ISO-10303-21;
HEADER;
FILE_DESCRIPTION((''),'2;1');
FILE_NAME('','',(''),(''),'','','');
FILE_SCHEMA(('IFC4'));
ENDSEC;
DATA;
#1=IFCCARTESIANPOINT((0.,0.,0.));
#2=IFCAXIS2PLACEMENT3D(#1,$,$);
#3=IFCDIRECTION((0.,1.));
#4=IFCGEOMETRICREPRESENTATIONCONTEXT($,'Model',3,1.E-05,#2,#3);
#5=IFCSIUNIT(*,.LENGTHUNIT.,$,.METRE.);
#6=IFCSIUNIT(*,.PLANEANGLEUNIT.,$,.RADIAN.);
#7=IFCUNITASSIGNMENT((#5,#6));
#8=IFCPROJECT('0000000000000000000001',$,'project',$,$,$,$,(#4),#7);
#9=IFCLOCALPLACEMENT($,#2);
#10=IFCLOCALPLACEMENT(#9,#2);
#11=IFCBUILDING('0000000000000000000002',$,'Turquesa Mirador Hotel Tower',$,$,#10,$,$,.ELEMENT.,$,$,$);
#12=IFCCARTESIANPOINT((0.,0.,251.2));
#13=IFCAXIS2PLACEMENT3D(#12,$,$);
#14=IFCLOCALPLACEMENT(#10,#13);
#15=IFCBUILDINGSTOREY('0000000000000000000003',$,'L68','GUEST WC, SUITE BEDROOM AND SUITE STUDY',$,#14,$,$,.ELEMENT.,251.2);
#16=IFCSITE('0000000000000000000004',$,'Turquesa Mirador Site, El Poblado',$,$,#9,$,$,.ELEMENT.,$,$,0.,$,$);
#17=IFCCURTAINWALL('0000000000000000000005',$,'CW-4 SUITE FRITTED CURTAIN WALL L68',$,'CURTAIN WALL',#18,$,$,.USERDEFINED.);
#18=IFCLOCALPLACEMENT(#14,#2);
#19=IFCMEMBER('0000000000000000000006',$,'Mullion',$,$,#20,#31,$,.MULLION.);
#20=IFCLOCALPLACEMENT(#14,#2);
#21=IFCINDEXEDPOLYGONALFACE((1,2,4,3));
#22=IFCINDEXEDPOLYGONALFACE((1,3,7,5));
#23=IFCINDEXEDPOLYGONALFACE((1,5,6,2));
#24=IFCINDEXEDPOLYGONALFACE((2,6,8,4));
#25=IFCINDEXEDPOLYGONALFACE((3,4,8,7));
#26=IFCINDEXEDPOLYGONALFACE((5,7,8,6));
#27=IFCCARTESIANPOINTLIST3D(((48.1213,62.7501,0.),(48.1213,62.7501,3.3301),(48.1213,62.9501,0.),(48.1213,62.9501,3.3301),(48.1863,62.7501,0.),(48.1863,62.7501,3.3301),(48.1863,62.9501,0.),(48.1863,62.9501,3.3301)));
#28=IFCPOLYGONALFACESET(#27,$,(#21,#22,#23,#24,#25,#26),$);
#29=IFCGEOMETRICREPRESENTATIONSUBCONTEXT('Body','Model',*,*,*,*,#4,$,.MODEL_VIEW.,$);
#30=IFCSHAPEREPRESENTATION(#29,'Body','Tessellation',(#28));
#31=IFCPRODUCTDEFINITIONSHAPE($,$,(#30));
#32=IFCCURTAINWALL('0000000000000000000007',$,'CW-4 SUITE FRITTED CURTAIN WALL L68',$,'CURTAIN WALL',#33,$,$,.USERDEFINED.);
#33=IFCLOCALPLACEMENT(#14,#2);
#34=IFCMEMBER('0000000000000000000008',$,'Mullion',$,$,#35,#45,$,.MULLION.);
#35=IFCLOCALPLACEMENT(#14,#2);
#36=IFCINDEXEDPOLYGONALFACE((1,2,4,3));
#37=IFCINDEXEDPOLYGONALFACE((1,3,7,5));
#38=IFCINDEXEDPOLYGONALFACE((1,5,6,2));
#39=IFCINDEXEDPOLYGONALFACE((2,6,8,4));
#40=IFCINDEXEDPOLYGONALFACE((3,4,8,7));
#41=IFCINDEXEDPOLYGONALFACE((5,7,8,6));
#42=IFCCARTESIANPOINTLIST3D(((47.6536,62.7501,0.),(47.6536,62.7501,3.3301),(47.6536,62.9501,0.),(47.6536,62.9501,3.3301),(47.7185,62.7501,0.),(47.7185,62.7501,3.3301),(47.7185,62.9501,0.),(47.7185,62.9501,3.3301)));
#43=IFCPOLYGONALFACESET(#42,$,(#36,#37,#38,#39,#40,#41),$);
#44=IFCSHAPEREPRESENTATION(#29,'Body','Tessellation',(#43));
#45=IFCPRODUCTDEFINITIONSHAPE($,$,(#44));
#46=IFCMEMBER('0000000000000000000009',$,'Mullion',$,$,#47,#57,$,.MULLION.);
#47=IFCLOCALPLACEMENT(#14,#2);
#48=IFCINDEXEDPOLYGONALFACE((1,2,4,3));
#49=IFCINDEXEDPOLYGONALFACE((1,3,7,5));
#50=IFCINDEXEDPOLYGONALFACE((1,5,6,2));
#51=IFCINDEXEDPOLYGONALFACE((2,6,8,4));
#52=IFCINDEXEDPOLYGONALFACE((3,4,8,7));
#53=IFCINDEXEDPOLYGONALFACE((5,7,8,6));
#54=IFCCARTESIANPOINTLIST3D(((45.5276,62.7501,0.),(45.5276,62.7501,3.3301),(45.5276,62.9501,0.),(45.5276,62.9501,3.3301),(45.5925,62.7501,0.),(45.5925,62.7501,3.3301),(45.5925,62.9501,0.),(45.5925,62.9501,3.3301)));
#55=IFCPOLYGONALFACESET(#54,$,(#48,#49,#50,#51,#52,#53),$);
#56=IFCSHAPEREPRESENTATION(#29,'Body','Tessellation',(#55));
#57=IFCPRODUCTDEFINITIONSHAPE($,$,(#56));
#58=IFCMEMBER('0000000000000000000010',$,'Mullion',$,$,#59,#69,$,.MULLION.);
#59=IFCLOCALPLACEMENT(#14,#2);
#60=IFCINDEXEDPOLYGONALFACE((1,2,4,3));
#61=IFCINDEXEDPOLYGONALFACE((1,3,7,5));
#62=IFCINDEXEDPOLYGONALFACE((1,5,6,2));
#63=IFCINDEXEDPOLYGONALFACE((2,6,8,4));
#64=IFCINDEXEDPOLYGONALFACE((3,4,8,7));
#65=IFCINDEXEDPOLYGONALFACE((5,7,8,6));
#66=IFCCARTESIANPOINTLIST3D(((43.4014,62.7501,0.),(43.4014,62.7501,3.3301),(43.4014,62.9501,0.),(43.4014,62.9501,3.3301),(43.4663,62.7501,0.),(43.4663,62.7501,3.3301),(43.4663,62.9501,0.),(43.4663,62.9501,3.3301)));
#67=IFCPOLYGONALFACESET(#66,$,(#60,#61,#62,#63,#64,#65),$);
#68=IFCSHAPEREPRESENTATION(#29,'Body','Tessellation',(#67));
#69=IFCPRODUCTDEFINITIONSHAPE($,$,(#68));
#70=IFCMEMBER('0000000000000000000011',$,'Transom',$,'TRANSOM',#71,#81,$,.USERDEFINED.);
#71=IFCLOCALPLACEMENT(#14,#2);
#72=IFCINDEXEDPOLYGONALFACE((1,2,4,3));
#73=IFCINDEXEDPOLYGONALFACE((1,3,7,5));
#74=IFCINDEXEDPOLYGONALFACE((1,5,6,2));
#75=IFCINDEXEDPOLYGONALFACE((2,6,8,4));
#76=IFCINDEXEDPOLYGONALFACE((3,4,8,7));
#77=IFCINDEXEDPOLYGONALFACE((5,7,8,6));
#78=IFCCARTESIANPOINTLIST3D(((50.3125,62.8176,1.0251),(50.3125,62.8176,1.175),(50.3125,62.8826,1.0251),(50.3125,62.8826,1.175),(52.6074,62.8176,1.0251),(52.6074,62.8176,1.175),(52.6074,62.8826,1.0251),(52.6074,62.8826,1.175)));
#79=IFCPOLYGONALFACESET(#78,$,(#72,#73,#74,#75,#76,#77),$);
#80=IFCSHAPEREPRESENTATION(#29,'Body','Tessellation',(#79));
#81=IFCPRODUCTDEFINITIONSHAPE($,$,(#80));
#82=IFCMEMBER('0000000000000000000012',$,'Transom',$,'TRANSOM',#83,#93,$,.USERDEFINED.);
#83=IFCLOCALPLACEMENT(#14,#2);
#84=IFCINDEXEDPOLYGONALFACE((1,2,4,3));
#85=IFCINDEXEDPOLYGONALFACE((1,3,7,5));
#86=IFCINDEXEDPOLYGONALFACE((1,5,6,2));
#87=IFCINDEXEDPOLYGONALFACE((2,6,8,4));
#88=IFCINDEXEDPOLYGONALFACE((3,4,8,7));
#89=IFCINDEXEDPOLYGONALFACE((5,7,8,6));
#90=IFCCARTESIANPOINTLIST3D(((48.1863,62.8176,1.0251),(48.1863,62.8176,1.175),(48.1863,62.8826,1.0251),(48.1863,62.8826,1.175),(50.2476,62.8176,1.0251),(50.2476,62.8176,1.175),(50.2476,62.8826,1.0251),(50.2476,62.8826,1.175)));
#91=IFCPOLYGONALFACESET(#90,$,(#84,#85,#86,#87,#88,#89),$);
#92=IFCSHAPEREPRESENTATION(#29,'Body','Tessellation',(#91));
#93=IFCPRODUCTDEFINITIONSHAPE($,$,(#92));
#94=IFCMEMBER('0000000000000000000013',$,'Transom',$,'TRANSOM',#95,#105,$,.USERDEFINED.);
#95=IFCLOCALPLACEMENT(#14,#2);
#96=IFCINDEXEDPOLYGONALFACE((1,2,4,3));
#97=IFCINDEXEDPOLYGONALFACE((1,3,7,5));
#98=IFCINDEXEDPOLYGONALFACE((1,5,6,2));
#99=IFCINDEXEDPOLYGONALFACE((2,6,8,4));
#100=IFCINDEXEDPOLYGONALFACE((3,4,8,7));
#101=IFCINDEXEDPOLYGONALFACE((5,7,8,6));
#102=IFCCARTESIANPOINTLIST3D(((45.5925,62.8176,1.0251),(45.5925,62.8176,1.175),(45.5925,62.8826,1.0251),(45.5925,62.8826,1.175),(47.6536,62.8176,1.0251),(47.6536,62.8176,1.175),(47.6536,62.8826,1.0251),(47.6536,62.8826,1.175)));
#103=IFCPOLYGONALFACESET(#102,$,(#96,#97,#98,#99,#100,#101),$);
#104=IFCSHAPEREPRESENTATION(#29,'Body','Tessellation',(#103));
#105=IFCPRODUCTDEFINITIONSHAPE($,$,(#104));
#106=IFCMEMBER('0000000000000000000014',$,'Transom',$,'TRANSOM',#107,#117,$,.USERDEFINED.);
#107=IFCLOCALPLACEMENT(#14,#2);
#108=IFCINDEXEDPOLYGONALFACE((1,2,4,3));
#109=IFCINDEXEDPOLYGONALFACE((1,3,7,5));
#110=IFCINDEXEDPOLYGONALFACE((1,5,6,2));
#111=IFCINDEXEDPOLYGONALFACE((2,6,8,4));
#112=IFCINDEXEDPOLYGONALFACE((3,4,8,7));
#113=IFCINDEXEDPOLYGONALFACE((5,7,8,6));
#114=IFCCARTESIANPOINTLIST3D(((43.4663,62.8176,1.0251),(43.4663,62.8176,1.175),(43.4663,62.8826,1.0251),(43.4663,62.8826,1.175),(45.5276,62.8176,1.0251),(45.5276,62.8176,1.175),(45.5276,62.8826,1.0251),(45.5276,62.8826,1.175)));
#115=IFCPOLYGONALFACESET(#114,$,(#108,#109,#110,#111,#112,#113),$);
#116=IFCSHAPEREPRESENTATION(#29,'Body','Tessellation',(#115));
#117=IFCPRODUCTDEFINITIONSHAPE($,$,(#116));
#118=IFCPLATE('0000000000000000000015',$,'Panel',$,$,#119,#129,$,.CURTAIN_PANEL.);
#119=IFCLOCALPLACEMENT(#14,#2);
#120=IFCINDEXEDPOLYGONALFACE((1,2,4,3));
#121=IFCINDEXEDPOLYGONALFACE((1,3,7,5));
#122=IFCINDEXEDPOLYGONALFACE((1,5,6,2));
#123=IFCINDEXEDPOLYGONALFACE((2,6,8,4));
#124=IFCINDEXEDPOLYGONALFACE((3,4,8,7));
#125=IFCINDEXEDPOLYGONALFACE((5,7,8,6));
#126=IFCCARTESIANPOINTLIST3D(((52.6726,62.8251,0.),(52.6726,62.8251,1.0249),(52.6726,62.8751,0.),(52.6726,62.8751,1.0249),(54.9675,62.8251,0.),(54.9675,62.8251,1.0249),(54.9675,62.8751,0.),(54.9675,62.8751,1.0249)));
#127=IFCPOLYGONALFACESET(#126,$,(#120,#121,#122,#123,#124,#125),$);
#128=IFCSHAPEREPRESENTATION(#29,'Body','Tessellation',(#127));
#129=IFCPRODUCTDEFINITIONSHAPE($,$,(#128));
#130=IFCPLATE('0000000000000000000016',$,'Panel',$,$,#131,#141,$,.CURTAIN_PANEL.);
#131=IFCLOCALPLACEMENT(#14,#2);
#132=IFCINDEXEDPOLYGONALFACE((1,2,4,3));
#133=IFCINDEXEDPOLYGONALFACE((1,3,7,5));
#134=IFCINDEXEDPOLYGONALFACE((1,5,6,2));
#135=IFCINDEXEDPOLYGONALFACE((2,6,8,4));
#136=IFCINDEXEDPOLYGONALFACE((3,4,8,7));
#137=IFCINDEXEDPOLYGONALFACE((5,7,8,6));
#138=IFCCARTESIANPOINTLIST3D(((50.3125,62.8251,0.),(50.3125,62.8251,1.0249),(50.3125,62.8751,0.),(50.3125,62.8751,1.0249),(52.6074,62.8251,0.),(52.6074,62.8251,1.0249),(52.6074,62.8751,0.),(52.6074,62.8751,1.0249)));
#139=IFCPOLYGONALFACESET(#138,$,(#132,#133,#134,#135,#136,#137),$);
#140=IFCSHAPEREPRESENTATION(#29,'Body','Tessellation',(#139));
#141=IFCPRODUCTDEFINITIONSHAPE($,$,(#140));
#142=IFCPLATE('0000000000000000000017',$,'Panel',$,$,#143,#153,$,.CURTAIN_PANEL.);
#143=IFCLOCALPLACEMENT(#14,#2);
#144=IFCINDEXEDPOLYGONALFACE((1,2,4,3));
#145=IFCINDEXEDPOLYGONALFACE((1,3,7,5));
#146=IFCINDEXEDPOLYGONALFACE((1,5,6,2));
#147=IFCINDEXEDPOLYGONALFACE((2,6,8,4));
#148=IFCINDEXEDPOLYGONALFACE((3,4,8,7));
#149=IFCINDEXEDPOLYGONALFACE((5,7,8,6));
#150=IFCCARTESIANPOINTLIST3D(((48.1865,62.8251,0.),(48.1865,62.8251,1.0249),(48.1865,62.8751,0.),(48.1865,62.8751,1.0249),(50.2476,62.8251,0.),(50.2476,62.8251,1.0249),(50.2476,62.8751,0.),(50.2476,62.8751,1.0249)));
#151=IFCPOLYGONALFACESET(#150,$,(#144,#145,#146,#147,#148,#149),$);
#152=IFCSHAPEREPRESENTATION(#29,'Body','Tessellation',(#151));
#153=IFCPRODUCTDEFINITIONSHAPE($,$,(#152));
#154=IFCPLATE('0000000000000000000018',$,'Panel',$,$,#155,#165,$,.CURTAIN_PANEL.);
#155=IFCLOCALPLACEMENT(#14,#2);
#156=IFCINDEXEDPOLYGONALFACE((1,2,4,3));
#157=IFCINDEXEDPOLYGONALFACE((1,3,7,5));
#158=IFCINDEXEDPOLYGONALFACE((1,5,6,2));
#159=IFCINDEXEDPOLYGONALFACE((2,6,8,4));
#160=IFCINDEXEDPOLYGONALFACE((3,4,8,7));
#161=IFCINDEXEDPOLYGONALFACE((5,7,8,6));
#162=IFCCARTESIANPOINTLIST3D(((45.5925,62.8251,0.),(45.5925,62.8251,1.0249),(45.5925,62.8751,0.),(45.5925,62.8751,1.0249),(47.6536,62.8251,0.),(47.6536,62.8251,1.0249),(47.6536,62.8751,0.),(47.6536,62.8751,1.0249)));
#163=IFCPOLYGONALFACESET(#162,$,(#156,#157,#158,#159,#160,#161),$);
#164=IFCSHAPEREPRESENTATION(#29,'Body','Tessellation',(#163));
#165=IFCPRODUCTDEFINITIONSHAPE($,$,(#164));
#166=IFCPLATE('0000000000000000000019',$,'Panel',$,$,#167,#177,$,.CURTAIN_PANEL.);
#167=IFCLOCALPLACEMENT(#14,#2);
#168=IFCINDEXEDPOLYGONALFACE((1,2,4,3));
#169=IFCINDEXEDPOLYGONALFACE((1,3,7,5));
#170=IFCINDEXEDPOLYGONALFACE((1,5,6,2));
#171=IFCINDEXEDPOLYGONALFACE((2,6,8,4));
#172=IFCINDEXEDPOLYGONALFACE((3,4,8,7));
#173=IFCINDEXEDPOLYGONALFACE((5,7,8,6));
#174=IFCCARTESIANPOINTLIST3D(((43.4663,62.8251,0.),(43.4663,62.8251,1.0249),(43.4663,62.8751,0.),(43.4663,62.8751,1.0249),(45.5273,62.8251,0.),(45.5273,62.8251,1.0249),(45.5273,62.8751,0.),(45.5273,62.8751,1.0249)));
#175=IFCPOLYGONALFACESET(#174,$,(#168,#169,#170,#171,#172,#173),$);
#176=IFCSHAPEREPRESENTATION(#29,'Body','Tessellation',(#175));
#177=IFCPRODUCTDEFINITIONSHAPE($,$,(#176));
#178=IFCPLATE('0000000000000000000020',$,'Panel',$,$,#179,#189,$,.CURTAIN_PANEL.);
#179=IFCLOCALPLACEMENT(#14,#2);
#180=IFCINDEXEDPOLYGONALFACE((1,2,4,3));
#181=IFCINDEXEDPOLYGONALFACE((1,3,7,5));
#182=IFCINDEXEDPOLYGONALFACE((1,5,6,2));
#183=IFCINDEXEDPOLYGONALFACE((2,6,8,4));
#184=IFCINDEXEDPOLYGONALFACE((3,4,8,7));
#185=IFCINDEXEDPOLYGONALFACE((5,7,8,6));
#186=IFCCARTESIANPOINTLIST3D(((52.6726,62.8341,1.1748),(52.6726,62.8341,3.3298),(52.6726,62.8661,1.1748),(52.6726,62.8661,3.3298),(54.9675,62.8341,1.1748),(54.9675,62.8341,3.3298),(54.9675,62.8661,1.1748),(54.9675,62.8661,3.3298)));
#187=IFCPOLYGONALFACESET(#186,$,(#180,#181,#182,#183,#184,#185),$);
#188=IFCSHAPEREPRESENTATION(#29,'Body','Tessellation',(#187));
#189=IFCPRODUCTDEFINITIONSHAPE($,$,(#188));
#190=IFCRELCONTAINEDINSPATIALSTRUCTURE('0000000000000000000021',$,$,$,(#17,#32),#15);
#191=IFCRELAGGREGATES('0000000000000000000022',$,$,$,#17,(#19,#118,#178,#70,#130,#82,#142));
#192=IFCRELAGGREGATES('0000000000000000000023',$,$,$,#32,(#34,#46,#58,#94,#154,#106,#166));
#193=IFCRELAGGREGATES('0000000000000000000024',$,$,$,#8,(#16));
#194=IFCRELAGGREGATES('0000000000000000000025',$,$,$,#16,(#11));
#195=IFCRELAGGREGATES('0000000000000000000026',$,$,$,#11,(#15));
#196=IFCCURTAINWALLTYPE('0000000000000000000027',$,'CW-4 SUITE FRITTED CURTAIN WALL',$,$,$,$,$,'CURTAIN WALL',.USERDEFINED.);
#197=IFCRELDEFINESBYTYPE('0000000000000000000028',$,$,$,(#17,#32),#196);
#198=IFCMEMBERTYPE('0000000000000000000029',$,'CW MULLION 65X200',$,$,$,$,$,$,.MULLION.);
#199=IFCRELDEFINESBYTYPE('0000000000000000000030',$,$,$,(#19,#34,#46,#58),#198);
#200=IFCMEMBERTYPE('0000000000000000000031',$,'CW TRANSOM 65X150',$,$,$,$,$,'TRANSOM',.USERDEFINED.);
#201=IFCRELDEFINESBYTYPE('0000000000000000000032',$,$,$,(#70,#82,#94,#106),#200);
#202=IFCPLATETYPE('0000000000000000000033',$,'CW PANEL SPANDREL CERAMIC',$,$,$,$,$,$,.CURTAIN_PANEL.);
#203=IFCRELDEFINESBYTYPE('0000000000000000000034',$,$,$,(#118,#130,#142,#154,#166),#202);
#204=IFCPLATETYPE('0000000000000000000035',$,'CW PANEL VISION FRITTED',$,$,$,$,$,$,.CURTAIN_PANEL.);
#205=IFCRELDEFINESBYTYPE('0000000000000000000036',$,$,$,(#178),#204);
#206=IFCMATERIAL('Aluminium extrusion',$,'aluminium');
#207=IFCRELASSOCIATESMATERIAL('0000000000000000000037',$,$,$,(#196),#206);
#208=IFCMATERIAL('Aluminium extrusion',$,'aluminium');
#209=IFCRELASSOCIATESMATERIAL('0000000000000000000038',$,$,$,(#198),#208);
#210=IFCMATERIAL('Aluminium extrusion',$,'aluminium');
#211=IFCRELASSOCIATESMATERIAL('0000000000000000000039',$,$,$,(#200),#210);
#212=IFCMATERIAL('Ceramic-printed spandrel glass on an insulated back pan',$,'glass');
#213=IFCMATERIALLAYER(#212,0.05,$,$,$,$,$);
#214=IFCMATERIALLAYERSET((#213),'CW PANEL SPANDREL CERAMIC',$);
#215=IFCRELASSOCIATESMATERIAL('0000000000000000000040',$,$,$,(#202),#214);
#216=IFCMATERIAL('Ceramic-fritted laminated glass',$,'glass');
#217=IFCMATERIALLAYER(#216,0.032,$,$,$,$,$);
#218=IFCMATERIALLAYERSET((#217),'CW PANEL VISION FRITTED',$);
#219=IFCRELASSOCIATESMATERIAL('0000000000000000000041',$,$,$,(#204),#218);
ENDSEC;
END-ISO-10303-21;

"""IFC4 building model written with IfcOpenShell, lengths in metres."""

from ifc_helpers import new_model, si_unit, direction, frame, origin, origin_2d, place, context, subcontext, project, spatial, rectangle, extrude, material, layer, layer_set, material_profile, profile_set, type_object, element, aggregate, save


model = new_model("IFC4")

# Units and contexts
model_context = context("Model", 3, precision=1e-05, world=origin(), true_north=direction((0.0, 1.0)))
body_context = subcontext(model_context, "Body", "Model", "MODEL_VIEW")
ifc_project = project(units=[si_unit("LENGTHUNIT", "METRE"), si_unit("PLANEANGLEUNIT", "RADIAN")], contexts=[model_context])

# Site, building, storey
site_placement = place(None, origin())
site = spatial("IfcSite", under=ifc_project, at=site_placement, Name="Turquesa Mirador Site, El Poblado", CompositionType="ELEMENT", RefElevation=0.0)
building_placement = place(site_placement, origin())
building = spatial("IfcBuilding", under=site, at=building_placement, Name="Turquesa Mirador Hotel Tower", CompositionType="ELEMENT")
storey_placement = place(building_placement, frame((0.0, 0.0, 251.2)))
storey = spatial("IfcBuildingStorey", under=building, at=storey_placement, Name="L68", Description="GUEST WC, SUITE BEDROOM AND SUITE STUDY", CompositionType="ELEMENT", Elevation=251.2)

# Curtain walls, members
ifc_material_1 = material(Name="Aluminium extrusion", Category="aluminium")
curtain_wall_type = type_object("IfcCurtainWallType", Name="CW-4 SUITE FRITTED CURTAIN WALL", ElementType="CURTAIN WALL", PredefinedType="USERDEFINED", material=ifc_material_1)
curtain_wall_1_placement = place(storey_placement, origin())
curtain_wall_1 = element("IfcCurtainWall", 1, at=curtain_wall_1_placement, inside=storey, type_object=curtain_wall_type, Name="CW-4 SUITE FRITTED CURTAIN WALL L68", ObjectType="CURTAIN WALL", PredefinedType="USERDEFINED")
ifc_material_2 = material(Name="Aluminium extrusion", Category="aluminium")
ifc_material_profile_1 = material_profile(ifc_material_2, rectangle(XDim=0.0649, YDim=0.2, at=origin_2d()), Name="MULLION 65X200")
ifc_profile_set_1 = profile_set([ifc_material_profile_1], Name="Aluminium extrusion")
member_type_1 = type_object("IfcMemberType", Name="CW MULLION 65X200", PredefinedType="MULLION", material=ifc_profile_set_1)
member_1_placement = place(storey_placement, frame((48.1538, 62.8501, 0.0), z_axis=(0.0, 0.0, 1.0), x_axis=(-1.0, 0.0, 0.0)))
member_1 = element("IfcMember", 2, at=member_1_placement, type_object=member_type_1, Name="Mullion", PredefinedType="MULLION", context=body_context, shape_type="SweptSolid", body=[
    extrude(rectangle(XDim=0.0649, YDim=0.2, at=origin_2d()), origin(), (0.0, 0.0, 1.0), 3.3301),
])
curtain_wall_2_placement = place(storey_placement, origin())
curtain_wall_2 = element("IfcCurtainWall", 3, at=curtain_wall_2_placement, inside=storey, type_object=curtain_wall_type, Name="CW-4 SUITE FRITTED CURTAIN WALL L68", ObjectType="CURTAIN WALL", PredefinedType="USERDEFINED")
member_2_placement = place(storey_placement, frame((47.686, 62.8501, 0.0), z_axis=(0.0, 0.0, 1.0), x_axis=(-1.0, 0.0, 0.0)))
member_2 = element("IfcMember", 4, at=member_2_placement, type_object=member_type_1, Name="Mullion", PredefinedType="MULLION", context=body_context, shape_type="SweptSolid", body=[
    extrude(rectangle(XDim=0.0649, YDim=0.2, at=origin_2d()), origin(), (0.0, 0.0, 1.0), 3.3301),
])
member_3_placement = place(storey_placement, frame((45.5601, 62.8501, 0.0), z_axis=(0.0, 0.0, 1.0), x_axis=(-1.0, 0.0, 0.0)))
member_3 = element("IfcMember", 5, at=member_3_placement, type_object=member_type_1, Name="Mullion", PredefinedType="MULLION", context=body_context, shape_type="SweptSolid", body=[
    extrude(rectangle(XDim=0.0649, YDim=0.2, at=origin_2d()), origin(), (0.0, 0.0, 1.0), 3.3301),
])
member_4_placement = place(storey_placement, frame((43.4338, 62.8501, 0.0), z_axis=(0.0, 0.0, 1.0), x_axis=(-1.0, 0.0, 0.0)))
member_4 = element("IfcMember", 6, at=member_4_placement, type_object=member_type_1, Name="Mullion", PredefinedType="MULLION", context=body_context, shape_type="SweptSolid", body=[
    extrude(rectangle(XDim=0.0649, YDim=0.2, at=origin_2d()), origin(), (0.0, 0.0, 1.0), 3.3301),
])

# Members
ifc_material_3 = material(Name="Aluminium extrusion", Category="aluminium")
ifc_material_profile_2 = material_profile(ifc_material_3, rectangle(XDim=0.0649, YDim=0.1499, at=origin_2d()), Name="TRANSOM 65X150")
ifc_profile_set_2 = profile_set([ifc_material_profile_2], Name="Aluminium extrusion")
member_type_2 = type_object("IfcMemberType", Name="CW TRANSOM 65X150", ElementType="TRANSOM", PredefinedType="USERDEFINED", material=ifc_profile_set_2)
member_5_placement = place(storey_placement, frame((52.6074, 62.8501, 1.1001), z_axis=(-1.0, 0.0, 0.0), x_axis=(0.0, -1.0, 0.0)))
member_5 = element("IfcMember", 7, at=member_5_placement, type_object=member_type_2, Name="Transom", ObjectType="TRANSOM", PredefinedType="USERDEFINED", context=body_context, shape_type="SweptSolid", body=[
    extrude(rectangle(XDim=0.0649, YDim=0.1499, at=origin_2d()), origin(), (0.0, 0.0, 1.0), 2.2949),
])
member_6_placement = place(storey_placement, frame((50.2476, 62.8501, 1.1001), z_axis=(-1.0, 0.0, 0.0), x_axis=(0.0, -1.0, 0.0)))
member_6 = element("IfcMember", 8, at=member_6_placement, type_object=member_type_2, Name="Transom", ObjectType="TRANSOM", PredefinedType="USERDEFINED", context=body_context, shape_type="SweptSolid", body=[
    extrude(rectangle(XDim=0.0649, YDim=0.1499, at=origin_2d()), origin(), (0.0, 0.0, 1.0), 2.0613),
])
member_7_placement = place(storey_placement, frame((47.6536, 62.8501, 1.1001), z_axis=(-1.0, 0.0, 0.0), x_axis=(0.0, -1.0, 0.0)))
member_7 = element("IfcMember", 9, at=member_7_placement, type_object=member_type_2, Name="Transom", ObjectType="TRANSOM", PredefinedType="USERDEFINED", context=body_context, shape_type="SweptSolid", body=[
    extrude(rectangle(XDim=0.0649, YDim=0.1499, at=origin_2d()), origin(), (0.0, 0.0, 1.0), 2.061),
])
member_8_placement = place(storey_placement, frame((45.5276, 62.8501, 1.1001), z_axis=(-1.0, 0.0, 0.0), x_axis=(0.0, -1.0, 0.0)))
member_8 = element("IfcMember", 10, at=member_8_placement, type_object=member_type_2, Name="Transom", ObjectType="TRANSOM", PredefinedType="USERDEFINED", context=body_context, shape_type="SweptSolid", body=[
    extrude(rectangle(XDim=0.0649, YDim=0.1499, at=origin_2d()), origin(), (0.0, 0.0, 1.0), 2.0613),
])

# Plates
ifc_material_4 = material(Name="Ceramic-printed spandrel glass on an insulated back pan", Category="glass")
ifc_layer_1 = layer(ifc_material_4, 0.05)
ifc_layer_set_1 = layer_set([ifc_layer_1], Name="CW PANEL SPANDREL CERAMIC")
plate_type_1 = type_object("IfcPlateType", Name="CW PANEL SPANDREL CERAMIC", PredefinedType="CURTAIN_PANEL", material=ifc_layer_set_1)
plate_1_placement = place(storey_placement, frame((53.8201, 62.8501, 0.0), z_axis=(0.0, 0.0, 1.0), x_axis=(-1.0, 0.0, 0.0)))
plate_1 = element("IfcPlate", 11, at=plate_1_placement, type_object=plate_type_1, Name="Panel", PredefinedType="CURTAIN_PANEL", context=body_context, shape_type="SweptSolid", body=[
    extrude(rectangle(XDim=2.2949, YDim=0.05, at=origin_2d()), origin(), (0.0, 0.0, 1.0), 1.0249),
])
plate_2_placement = place(storey_placement, frame((51.46, 62.8501, 0.0), z_axis=(0.0, 0.0, 1.0), x_axis=(-1.0, 0.0, 0.0)))
plate_2 = element("IfcPlate", 12, at=plate_2_placement, type_object=plate_type_1, Name="Panel", PredefinedType="CURTAIN_PANEL", context=body_context, shape_type="SweptSolid", body=[
    extrude(rectangle(XDim=2.2949, YDim=0.05, at=origin_2d()), origin(), (0.0, 0.0, 1.0), 1.0249),
])
plate_3_placement = place(storey_placement, frame((49.217, 62.8501, 0.0), z_axis=(0.0, 0.0, 1.0), x_axis=(-1.0, 0.0, 0.0)))
plate_3 = element("IfcPlate", 13, at=plate_3_placement, type_object=plate_type_1, Name="Panel", PredefinedType="CURTAIN_PANEL", context=body_context, shape_type="SweptSolid", body=[
    extrude(rectangle(XDim=2.061, YDim=0.05, at=origin_2d()), origin(), (0.0, 0.0, 1.0), 1.0249),
])
plate_4_placement = place(storey_placement, frame((46.623, 62.8501, 0.0), z_axis=(0.0, 0.0, 1.0), x_axis=(-1.0, 0.0, 0.0)))
plate_4 = element("IfcPlate", 14, at=plate_4_placement, type_object=plate_type_1, Name="Panel", PredefinedType="CURTAIN_PANEL", context=body_context, shape_type="SweptSolid", body=[
    extrude(rectangle(XDim=2.061, YDim=0.05, at=origin_2d()), origin(), (0.0, 0.0, 1.0), 1.0249),
])
plate_5_placement = place(storey_placement, frame((44.4968, 62.8501, 0.0), z_axis=(0.0, 0.0, 1.0), x_axis=(-1.0, 0.0, 0.0)))
plate_5 = element("IfcPlate", 15, at=plate_5_placement, type_object=plate_type_1, Name="Panel", PredefinedType="CURTAIN_PANEL", context=body_context, shape_type="SweptSolid", body=[
    extrude(rectangle(XDim=2.061, YDim=0.05, at=origin_2d()), origin(), (0.0, 0.0, 1.0), 1.0249),
])
ifc_material_5 = material(Name="Ceramic-fritted laminated glass", Category="glass")
ifc_layer_2 = layer(ifc_material_5, 0.032)
ifc_layer_set_2 = layer_set([ifc_layer_2], Name="CW PANEL VISION FRITTED")
plate_type_2 = type_object("IfcPlateType", Name="CW PANEL VISION FRITTED", PredefinedType="CURTAIN_PANEL", material=ifc_layer_set_2)
plate_6_placement = place(storey_placement, frame((53.8201, 62.8501, 1.1748), z_axis=(0.0, 0.0, 1.0), x_axis=(-1.0, 0.0, 0.0)))
plate_6 = element("IfcPlate", 16, at=plate_6_placement, type_object=plate_type_2, Name="Panel", PredefinedType="CURTAIN_PANEL", context=body_context, shape_type="SweptSolid", body=[
    extrude(rectangle(XDim=2.2949, YDim=0.032, at=origin_2d()), origin(), (0.0, 0.0, 1.0), 2.155),
])
aggregate(curtain_wall_1, [member_1, plate_1, plate_6, member_5, plate_2, member_6, plate_3])
aggregate(curtain_wall_2, [member_2, member_3, member_4, member_7, plate_4, member_8, plate_5])

save(model, "model.ifc")
